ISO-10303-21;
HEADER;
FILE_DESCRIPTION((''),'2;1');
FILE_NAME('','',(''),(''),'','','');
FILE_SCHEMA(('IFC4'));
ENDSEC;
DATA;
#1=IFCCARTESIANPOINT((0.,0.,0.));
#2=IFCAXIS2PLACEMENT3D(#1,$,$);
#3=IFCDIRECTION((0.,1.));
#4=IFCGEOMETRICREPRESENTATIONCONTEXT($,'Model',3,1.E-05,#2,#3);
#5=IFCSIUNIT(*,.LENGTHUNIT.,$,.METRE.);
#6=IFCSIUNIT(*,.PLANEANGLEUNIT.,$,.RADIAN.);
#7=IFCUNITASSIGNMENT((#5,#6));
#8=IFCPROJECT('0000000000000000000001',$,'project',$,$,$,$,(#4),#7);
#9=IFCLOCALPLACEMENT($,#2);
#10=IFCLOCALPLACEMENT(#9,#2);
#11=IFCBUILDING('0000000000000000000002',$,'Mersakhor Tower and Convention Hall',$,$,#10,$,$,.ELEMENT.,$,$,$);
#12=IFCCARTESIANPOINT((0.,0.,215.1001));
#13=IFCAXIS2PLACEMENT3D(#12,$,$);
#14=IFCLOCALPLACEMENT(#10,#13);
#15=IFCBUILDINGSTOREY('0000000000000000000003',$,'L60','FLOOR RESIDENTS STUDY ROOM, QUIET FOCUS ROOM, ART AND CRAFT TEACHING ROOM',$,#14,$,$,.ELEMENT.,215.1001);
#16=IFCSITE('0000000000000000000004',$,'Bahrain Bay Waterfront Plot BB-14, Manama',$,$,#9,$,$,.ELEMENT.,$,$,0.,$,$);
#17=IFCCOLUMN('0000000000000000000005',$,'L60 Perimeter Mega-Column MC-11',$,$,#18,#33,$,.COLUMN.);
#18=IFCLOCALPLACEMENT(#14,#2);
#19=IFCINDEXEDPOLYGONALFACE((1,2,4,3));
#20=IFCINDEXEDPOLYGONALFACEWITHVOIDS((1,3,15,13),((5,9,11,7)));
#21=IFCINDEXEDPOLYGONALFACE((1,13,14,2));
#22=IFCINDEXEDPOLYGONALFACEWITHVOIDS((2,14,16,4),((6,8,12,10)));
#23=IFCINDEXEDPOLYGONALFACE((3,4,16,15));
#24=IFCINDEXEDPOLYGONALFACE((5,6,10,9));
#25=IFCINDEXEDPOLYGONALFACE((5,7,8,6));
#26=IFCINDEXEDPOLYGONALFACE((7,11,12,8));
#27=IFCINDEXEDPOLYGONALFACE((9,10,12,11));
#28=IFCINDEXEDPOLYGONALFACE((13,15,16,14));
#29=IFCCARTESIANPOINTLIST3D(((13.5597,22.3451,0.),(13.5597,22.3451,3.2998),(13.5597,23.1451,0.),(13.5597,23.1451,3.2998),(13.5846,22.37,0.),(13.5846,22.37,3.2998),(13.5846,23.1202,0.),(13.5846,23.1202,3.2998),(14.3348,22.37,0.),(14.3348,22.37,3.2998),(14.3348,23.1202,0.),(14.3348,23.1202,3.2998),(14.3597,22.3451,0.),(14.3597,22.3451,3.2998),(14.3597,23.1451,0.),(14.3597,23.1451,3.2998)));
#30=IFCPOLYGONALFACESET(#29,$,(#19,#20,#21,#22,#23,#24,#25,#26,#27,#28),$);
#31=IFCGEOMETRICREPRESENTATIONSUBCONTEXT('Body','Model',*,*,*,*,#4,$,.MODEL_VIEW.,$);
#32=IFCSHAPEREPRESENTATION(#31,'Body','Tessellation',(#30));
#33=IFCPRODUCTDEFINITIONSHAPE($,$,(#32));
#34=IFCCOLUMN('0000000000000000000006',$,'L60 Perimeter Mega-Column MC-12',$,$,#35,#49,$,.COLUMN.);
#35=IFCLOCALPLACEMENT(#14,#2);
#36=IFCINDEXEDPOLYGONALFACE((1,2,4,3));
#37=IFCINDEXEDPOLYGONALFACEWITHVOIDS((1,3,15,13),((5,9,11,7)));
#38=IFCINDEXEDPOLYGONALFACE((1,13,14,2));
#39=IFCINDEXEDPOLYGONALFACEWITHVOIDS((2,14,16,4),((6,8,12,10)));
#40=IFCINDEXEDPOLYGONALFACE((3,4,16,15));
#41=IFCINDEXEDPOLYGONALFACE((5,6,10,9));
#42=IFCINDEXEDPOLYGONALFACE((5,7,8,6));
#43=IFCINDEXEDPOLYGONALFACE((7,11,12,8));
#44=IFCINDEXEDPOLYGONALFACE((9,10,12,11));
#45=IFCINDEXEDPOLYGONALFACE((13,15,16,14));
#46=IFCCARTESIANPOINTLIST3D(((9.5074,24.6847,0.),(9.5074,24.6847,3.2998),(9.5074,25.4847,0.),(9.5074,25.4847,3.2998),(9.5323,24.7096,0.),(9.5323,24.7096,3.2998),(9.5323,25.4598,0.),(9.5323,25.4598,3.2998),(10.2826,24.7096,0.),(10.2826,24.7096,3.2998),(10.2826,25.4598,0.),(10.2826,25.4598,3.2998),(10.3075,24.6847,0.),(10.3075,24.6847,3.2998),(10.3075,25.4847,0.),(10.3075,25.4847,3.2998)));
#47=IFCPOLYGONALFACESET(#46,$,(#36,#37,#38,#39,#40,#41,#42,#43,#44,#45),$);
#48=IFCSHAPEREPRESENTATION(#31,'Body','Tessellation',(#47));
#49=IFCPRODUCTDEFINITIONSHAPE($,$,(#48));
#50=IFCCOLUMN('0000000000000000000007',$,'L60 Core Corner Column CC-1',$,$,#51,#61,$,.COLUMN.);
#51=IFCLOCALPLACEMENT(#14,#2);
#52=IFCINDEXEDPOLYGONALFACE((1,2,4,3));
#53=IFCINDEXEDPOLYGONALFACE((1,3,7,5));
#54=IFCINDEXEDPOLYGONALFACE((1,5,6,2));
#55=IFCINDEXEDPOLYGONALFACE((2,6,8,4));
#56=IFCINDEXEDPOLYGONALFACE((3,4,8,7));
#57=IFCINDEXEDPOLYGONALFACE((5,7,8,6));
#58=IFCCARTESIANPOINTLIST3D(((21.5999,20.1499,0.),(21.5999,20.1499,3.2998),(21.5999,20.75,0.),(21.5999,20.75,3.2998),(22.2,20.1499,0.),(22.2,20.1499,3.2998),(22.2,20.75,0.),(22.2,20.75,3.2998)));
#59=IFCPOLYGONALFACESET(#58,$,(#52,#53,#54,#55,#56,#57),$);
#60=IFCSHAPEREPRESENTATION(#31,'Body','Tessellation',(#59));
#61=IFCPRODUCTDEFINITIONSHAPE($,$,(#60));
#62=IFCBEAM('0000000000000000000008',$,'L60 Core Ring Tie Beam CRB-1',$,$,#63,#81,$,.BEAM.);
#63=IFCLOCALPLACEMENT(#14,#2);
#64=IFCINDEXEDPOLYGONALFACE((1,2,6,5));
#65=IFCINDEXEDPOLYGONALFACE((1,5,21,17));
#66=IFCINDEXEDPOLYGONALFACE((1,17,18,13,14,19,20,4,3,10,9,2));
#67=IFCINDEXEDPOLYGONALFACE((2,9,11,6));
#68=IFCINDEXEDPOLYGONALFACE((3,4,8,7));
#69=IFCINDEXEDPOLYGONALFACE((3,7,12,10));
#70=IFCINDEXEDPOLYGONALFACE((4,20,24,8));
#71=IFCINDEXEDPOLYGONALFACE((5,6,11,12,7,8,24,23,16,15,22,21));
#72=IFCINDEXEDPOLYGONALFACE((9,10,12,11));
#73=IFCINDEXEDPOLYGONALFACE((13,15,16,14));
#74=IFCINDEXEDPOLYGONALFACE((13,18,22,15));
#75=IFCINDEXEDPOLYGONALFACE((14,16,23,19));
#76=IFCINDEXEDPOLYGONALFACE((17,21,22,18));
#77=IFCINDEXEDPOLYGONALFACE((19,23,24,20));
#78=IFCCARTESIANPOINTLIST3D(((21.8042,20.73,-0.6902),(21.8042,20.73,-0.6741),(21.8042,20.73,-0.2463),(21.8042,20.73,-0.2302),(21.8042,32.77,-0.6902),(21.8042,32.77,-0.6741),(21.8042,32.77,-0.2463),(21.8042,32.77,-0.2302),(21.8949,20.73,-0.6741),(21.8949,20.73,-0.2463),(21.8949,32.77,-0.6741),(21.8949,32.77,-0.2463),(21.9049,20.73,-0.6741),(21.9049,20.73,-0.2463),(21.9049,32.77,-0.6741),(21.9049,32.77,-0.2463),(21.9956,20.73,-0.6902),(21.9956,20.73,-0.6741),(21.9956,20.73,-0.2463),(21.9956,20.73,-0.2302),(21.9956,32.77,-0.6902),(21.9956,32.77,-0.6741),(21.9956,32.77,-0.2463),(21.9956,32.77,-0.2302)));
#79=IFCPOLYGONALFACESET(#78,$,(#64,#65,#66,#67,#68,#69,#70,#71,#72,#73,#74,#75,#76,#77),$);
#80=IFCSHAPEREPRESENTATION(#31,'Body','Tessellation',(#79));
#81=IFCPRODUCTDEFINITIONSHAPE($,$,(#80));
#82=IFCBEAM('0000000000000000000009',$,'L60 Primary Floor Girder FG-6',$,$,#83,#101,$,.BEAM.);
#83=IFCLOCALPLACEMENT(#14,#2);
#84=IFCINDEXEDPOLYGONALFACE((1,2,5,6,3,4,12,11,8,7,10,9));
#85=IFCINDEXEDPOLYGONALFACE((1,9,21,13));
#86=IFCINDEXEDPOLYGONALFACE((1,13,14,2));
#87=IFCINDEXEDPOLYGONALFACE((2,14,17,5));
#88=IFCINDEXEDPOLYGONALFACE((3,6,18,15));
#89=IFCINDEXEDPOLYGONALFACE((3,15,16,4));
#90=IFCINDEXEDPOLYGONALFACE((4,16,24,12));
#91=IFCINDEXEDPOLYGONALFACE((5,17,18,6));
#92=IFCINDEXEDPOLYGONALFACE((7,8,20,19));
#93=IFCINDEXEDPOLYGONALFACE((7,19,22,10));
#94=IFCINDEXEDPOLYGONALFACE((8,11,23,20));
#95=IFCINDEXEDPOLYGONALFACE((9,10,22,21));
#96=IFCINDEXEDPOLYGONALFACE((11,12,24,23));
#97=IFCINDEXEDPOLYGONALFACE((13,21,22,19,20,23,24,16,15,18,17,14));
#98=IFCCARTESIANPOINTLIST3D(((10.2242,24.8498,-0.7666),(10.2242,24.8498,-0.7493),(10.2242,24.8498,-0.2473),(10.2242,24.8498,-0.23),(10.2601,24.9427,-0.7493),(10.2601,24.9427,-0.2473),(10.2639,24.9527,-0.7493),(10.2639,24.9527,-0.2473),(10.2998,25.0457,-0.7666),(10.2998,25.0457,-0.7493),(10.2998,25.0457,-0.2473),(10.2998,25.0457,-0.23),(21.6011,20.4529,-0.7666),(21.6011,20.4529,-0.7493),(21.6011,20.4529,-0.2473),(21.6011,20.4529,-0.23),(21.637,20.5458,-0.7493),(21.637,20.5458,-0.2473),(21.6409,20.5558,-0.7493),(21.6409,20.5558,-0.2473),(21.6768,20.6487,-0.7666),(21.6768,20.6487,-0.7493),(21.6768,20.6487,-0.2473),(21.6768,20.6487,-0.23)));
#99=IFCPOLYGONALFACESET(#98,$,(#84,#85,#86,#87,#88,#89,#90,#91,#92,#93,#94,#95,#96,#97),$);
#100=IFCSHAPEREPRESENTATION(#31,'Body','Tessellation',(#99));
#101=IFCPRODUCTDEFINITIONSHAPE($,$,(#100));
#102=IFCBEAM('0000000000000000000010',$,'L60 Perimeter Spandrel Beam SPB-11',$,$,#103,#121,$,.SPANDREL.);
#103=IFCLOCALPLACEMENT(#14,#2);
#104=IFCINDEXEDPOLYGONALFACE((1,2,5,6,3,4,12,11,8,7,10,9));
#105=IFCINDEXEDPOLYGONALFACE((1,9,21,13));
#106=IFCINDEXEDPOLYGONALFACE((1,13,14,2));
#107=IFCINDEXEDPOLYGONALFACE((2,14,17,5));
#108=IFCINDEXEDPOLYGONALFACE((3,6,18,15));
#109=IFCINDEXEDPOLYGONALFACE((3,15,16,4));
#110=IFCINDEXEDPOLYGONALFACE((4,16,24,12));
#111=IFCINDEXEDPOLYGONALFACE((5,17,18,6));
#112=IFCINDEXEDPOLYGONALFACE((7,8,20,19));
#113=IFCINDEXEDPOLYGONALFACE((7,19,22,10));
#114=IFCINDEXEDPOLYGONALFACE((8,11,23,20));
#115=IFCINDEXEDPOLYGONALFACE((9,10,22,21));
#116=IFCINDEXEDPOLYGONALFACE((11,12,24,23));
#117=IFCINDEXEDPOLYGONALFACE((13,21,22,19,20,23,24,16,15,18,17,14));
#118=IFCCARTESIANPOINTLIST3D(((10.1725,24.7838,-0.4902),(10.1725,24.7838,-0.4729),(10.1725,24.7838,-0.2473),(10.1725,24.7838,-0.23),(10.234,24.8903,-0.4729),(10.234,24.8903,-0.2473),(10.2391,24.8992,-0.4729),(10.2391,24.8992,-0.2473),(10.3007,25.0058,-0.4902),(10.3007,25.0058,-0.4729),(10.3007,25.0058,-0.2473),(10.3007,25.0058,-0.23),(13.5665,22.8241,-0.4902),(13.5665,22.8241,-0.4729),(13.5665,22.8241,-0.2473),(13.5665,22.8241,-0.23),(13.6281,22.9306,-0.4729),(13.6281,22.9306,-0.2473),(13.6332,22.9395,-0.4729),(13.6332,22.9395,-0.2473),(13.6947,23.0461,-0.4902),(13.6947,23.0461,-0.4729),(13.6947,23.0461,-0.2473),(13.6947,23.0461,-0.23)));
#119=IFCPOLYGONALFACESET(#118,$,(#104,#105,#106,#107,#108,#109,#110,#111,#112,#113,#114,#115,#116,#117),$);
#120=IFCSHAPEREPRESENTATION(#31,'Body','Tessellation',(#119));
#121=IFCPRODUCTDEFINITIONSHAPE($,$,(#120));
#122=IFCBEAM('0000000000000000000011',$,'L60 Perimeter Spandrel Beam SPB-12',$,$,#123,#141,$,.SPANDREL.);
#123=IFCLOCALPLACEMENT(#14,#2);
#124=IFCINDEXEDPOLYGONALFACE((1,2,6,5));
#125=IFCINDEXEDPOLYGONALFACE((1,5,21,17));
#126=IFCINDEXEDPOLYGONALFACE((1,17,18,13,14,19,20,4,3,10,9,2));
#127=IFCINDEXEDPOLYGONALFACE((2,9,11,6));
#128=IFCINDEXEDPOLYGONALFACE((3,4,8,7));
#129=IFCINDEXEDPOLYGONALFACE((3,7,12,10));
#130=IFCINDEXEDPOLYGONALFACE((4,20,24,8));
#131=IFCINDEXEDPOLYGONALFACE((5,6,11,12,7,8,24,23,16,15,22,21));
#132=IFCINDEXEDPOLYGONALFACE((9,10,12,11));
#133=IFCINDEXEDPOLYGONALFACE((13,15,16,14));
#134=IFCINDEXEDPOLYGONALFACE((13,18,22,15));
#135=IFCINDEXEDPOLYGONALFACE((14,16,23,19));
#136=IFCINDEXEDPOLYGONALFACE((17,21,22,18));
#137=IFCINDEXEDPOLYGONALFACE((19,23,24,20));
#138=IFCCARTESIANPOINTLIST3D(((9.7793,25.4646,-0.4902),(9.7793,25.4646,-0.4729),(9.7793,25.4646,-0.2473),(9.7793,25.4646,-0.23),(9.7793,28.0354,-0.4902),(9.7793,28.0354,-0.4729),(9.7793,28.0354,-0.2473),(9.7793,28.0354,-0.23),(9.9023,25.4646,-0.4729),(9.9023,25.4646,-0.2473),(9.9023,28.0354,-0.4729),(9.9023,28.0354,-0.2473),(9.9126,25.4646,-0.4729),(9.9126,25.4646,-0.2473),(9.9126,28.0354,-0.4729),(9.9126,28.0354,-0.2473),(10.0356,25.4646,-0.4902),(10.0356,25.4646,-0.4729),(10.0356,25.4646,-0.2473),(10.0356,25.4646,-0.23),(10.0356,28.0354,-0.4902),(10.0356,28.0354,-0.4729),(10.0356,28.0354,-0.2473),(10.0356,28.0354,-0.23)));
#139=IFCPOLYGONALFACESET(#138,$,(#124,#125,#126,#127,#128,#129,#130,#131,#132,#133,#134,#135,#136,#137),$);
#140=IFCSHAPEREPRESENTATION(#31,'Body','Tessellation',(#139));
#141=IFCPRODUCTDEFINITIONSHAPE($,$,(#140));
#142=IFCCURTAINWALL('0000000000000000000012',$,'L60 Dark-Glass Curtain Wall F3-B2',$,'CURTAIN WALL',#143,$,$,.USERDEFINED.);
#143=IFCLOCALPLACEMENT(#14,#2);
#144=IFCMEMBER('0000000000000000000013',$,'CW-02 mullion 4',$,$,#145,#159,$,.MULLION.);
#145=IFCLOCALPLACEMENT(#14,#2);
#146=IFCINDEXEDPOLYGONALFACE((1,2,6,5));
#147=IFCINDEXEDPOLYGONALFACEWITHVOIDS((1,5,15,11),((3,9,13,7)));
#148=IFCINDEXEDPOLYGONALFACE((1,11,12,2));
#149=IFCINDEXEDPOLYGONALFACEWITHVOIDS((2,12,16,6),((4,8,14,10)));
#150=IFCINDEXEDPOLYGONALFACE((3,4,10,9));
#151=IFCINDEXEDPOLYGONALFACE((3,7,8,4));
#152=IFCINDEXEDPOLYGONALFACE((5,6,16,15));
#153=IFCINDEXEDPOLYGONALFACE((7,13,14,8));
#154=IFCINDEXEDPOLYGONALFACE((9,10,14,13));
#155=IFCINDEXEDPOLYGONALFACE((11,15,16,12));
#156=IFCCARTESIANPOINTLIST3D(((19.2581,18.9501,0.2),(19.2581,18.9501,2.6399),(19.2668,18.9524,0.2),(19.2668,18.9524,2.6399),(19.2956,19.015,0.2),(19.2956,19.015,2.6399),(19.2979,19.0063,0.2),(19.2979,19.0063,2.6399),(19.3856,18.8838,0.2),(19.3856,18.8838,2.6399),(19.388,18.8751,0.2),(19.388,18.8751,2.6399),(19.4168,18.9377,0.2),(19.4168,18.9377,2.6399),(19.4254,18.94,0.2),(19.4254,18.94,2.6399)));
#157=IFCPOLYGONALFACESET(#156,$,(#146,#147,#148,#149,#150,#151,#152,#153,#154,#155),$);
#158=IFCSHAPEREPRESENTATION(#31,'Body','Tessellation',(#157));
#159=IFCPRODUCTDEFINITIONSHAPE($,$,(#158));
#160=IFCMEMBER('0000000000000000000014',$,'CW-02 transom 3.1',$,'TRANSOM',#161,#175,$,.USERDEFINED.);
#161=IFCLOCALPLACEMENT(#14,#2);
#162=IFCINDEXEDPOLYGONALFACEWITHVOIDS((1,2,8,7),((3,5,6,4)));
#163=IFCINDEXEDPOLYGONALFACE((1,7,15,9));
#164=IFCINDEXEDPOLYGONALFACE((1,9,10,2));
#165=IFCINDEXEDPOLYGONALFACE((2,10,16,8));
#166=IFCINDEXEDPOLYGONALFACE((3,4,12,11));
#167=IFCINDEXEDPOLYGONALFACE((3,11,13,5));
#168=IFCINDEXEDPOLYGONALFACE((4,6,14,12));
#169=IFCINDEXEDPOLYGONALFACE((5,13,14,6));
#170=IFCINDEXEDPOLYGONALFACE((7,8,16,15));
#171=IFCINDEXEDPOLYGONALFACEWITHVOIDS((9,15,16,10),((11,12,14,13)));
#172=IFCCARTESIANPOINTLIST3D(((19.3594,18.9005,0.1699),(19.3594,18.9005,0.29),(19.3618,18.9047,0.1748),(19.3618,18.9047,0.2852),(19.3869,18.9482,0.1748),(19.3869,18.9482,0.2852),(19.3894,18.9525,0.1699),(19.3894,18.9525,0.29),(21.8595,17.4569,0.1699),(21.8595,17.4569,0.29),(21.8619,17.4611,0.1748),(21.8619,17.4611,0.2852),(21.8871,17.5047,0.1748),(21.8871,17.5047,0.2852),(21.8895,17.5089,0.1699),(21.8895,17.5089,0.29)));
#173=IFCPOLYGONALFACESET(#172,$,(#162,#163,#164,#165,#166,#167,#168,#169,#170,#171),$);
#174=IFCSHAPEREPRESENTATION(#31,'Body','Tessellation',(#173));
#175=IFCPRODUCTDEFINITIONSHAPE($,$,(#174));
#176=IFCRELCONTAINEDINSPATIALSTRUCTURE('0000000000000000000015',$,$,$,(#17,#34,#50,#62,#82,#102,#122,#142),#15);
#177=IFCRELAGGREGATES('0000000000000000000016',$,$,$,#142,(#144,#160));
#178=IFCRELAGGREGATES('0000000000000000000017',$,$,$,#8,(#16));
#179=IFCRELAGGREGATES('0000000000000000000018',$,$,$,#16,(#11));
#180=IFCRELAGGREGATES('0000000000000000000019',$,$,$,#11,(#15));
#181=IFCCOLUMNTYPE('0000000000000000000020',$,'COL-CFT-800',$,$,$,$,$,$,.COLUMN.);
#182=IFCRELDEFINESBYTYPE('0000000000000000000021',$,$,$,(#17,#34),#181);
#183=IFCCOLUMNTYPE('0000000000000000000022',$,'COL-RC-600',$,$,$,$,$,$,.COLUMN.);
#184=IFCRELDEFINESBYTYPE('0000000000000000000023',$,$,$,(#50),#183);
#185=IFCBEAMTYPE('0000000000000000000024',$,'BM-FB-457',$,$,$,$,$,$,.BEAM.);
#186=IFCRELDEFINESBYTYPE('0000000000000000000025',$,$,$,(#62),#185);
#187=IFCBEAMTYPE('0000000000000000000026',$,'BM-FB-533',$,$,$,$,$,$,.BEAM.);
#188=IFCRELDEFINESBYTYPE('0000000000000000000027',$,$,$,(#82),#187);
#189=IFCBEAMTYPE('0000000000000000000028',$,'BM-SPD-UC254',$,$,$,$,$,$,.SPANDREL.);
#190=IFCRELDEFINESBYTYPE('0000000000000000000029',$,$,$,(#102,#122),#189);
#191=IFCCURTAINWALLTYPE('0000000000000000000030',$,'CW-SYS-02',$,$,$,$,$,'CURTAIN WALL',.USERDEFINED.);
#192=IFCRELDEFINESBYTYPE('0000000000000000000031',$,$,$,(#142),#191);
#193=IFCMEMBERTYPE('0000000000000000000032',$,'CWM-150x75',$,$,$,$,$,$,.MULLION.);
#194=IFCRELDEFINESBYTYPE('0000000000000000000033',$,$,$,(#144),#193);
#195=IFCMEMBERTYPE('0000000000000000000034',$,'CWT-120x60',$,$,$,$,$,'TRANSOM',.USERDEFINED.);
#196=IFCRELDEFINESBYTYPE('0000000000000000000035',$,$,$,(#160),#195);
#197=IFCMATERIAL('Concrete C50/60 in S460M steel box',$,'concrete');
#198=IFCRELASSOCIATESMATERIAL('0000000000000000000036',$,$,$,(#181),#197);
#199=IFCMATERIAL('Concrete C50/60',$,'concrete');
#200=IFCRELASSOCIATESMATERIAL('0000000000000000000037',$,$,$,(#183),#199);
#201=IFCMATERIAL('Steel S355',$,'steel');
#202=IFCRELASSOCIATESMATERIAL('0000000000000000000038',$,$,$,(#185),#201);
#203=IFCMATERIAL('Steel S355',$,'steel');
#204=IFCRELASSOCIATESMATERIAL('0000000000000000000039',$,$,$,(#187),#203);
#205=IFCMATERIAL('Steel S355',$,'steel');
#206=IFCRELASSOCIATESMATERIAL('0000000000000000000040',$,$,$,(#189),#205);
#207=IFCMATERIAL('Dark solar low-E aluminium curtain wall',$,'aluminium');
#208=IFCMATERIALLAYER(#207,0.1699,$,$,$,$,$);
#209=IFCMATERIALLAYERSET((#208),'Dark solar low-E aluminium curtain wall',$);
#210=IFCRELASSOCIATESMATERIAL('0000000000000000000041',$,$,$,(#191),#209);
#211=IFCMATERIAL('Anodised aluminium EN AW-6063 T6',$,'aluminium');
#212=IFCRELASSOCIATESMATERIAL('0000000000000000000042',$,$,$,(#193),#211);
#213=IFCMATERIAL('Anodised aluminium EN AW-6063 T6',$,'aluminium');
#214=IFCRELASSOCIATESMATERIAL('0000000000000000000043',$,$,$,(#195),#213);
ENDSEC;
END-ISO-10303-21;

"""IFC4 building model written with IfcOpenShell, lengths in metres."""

from ifc_helpers import new_model, si_unit, direction, frame, origin, origin_2d, place, context, subcontext, project, spatial, rectangle, hollow_rectangle, i_section, extrude, material, layer, layer_set, material_profile, profile_set, type_object, element, aggregate, save


model = new_model("IFC4")

# Units and contexts
model_context = context("Model", 3, precision=1e-05, world=origin(), true_north=direction((0.0, 1.0)))
body_context = subcontext(model_context, "Body", "Model", "MODEL_VIEW")
ifc_project = project(units=[si_unit("LENGTHUNIT", "METRE"), si_unit("PLANEANGLEUNIT", "RADIAN")], contexts=[model_context])

# Site, building, storey
site_placement = place(None, origin())
site = spatial("IfcSite", under=ifc_project, at=site_placement, Name="Bahrain Bay Waterfront Plot BB-14, Manama", CompositionType="ELEMENT", RefElevation=0.0)
building_placement = place(site_placement, origin())
building = spatial("IfcBuilding", under=site, at=building_placement, Name="Mersakhor Tower and Convention Hall", CompositionType="ELEMENT")
storey_placement = place(building_placement, frame((0.0, 0.0, 215.1001)))
storey = spatial("IfcBuildingStorey", under=building, at=storey_placement, Name="L60", Description="FLOOR RESIDENTS STUDY ROOM, QUIET FOCUS ROOM, ART AND CRAFT TEACHING ROOM", CompositionType="ELEMENT", Elevation=215.1001)

# Columns
ifc_material_1 = material(Name="Concrete C50/60 in S460M steel box", Category="concrete")
ifc_material_profile_1 = material_profile(ifc_material_1, hollow_rectangle(XDim=0.8, YDim=0.8, WallThickness=0.0249, at=origin_2d()), Name="SHS 800x800x25")
ifc_profile_set_1 = profile_set([ifc_material_profile_1], Name="Concrete C50/60 in S460M steel box")
column_type_1 = type_object("IfcColumnType", Name="COL-CFT-800", PredefinedType="COLUMN", material=ifc_profile_set_1)
for number, where, z_axis, x_axis, name in (
    (1, (13.9597, 22.7451, 0.0), (0.0, 0.0, 1.0), (1.0, 0.0, 0.0), "L60 Perimeter Mega-Column MC-11"),
    (2, (9.9075, 25.0847, 0.0), (0.0, 0.0, 1.0), (1.0, 0.0, 0.0), "L60 Perimeter Mega-Column MC-12"),
):
    element("IfcColumn", number, at=place(storey_placement, frame(where, z_axis=z_axis, x_axis=x_axis)), inside=storey, type_object=column_type_1, Name=name, PredefinedType="COLUMN", context=body_context, shape_type="SweptSolid", body=[
        extrude(hollow_rectangle(XDim=0.8, YDim=0.8, WallThickness=0.0249, at=origin_2d()), origin(), (0.0, 0.0, 1.0), 3.2998),
    ])
ifc_material_2 = material(Name="Concrete C50/60", Category="concrete")
ifc_material_profile_2 = material_profile(ifc_material_2, rectangle(XDim=0.6001, YDim=0.6001, at=origin_2d()), Name="RC 600x600")
ifc_profile_set_2 = profile_set([ifc_material_profile_2], Name="Concrete C50/60")
column_type_2 = type_object("IfcColumnType", Name="COL-RC-600", PredefinedType="COLUMN", material=ifc_profile_set_2)
column_placement = place(storey_placement, frame((21.8999, 20.45, 0.0), z_axis=(0.0, 0.0, 1.0), x_axis=(1.0, 0.0, 0.0)))
element("IfcColumn", 3, at=column_placement, inside=storey, type_object=column_type_2, Name="L60 Core Corner Column CC-1", PredefinedType="COLUMN", context=body_context, shape_type="SweptSolid", body=[
    extrude(rectangle(XDim=0.6001, YDim=0.6001, at=origin_2d()), origin(), (0.0, 0.0, 1.0), 3.2998),
])

# Beams
ifc_material_3 = material(Name="Steel S355", Category="steel")
ifc_material_profile_3 = material_profile(ifc_material_3, i_section(OverallWidth=0.1914, OverallDepth=0.46, WebThickness=0.01, FlangeThickness=0.0161, at=origin_2d()), Name="UB 457x191x82")
ifc_profile_set_3 = profile_set([ifc_material_profile_3], Name="Steel S355")
beam_type_1 = type_object("IfcBeamType", Name="BM-FB-457", PredefinedType="BEAM", material=ifc_profile_set_3)
beam_1_placement = place(storey_placement, frame((21.8999, 20.73, -0.4602), z_axis=(0.0, 1.0, 0.0), x_axis=(-1.0, 0.0, 0.0)))
element("IfcBeam", 4, at=beam_1_placement, inside=storey, type_object=beam_type_1, Name="L60 Core Ring Tie Beam CRB-1", PredefinedType="BEAM", context=body_context, shape_type="SweptSolid", body=[
    extrude(i_section(OverallWidth=0.1914, OverallDepth=0.46, WebThickness=0.01, FlangeThickness=0.0161, at=origin_2d()), origin(), (0.0, 0.0, 1.0), 12.04),
])
ifc_material_4 = material(Name="Steel S355", Category="steel")
ifc_material_profile_4 = material_profile(ifc_material_4, i_section(OverallWidth=0.21, OverallDepth=0.5366, WebThickness=0.0107, FlangeThickness=0.0173, at=origin_2d()), Name="UB 533x210x101")
ifc_profile_set_4 = profile_set([ifc_material_profile_4], Name="Steel S355")
beam_type_2 = type_object("IfcBeamType", Name="BM-FB-533", PredefinedType="BEAM", material=ifc_profile_set_4)
beam_2_placement = place(storey_placement, frame((21.6389, 20.5508, -0.4983), z_axis=(-0.932761, 0.360494, 0.0), x_axis=(-0.360494, -0.932761, 0.0)))
element("IfcBeam", 5, at=beam_2_placement, inside=storey, type_object=beam_type_2, Name="L60 Primary Floor Girder FG-6", PredefinedType="BEAM", context=body_context, shape_type="SweptSolid", body=[
    extrude(i_section(OverallWidth=0.21, OverallDepth=0.5366, WebThickness=0.0107, FlangeThickness=0.0173, at=origin_2d()), origin(), (0.0, 0.0, 1.0), 12.197),
])
ifc_material_5 = material(Name="Steel S355", Category="steel")
ifc_material_profile_5 = material_profile(ifc_material_5, i_section(OverallWidth=0.2563, OverallDepth=0.2603, WebThickness=0.0103, FlangeThickness=0.0173, at=origin_2d()), Name="UC 254x254x89")
ifc_profile_set_5 = profile_set([ifc_material_profile_5], Name="Steel S355")
beam_type_3 = type_object("IfcBeamType", Name="BM-SPD-UC254", PredefinedType="SPANDREL", material=ifc_profile_set_5)
beam_3_placement = place(storey_placement, frame((13.6306, 22.9351, -0.3601), z_axis=(-0.866007, 0.500032, 0.0), x_axis=(-0.500032, -0.866007, 0.0)))
element("IfcBeam", 6, at=beam_3_placement, inside=storey, type_object=beam_type_3, Name="L60 Perimeter Spandrel Beam SPB-11", PredefinedType="SPANDREL", context=body_context, shape_type="SweptSolid", body=[
    extrude(i_section(OverallWidth=0.2563, OverallDepth=0.2603, WebThickness=0.0103, FlangeThickness=0.0173, at=origin_2d()), origin(), (0.0, 0.0, 1.0), 3.9192),
])
beam_4_placement = place(storey_placement, frame((9.9075, 25.4646, -0.3601), z_axis=(0.0, 1.0, 0.0), x_axis=(-1.0, 0.0, 0.0)))
element("IfcBeam", 7, at=beam_4_placement, inside=storey, type_object=beam_type_3, Name="L60 Perimeter Spandrel Beam SPB-12", PredefinedType="SPANDREL", context=body_context, shape_type="SweptSolid", body=[
    extrude(i_section(OverallWidth=0.2563, OverallDepth=0.2603, WebThickness=0.0103, FlangeThickness=0.0173, at=origin_2d()), origin(), (0.0, 0.0, 1.0), 2.5708),
])

# Curtain wall, members
ifc_material_6 = material(Name="Dark solar low-E aluminium curtain wall", Category="aluminium")
ifc_layer_1 = layer(ifc_material_6, 0.1699)
ifc_layer_set_1 = layer_set([ifc_layer_1], Name="Dark solar low-E aluminium curtain wall")
curtain_wall_type = type_object("IfcCurtainWallType", Name="CW-SYS-02", ElementType="CURTAIN WALL", PredefinedType="USERDEFINED", material=ifc_layer_set_1)
curtain_wall_placement = place(storey_placement, origin())
curtain_wall = element("IfcCurtainWall", 8, at=curtain_wall_placement, inside=storey, type_object=curtain_wall_type, Name="L60 Dark-Glass Curtain Wall F3-B2", ObjectType="CURTAIN WALL", PredefinedType="USERDEFINED")
ifc_material_7 = material(Name="Anodised aluminium EN AW-6063 T6", Category="aluminium")
ifc_material_profile_6 = material_profile(ifc_material_7, hollow_rectangle(XDim=0.075, YDim=0.1499, WallThickness=0.0063, at=origin_2d()), Name="RHS 150x75x6.3")
ifc_profile_set_6 = profile_set([ifc_material_profile_6], Name="Anodised aluminium EN AW-6063 T6")
member_type_1 = type_object("IfcMemberType", Name="CWM-150x75", PredefinedType="MULLION", material=ifc_profile_set_6)
member_1_placement = place(storey_placement, frame((19.3418, 18.9451, 0.2), z_axis=(0.0, 0.0, 1.0), x_axis=(-0.500008, -0.866021, 0.0)))
member_1 = element("IfcMember", 9, at=member_1_placement, type_object=member_type_1, Name="CW-02 mullion 4", PredefinedType="MULLION", context=body_context, shape_type="SweptSolid", body=[
    extrude(hollow_rectangle(XDim=0.075, YDim=0.1499, WallThickness=0.0063, at=origin_2d()), origin(), (0.0, 0.0, 1.0), 2.4399),
])
ifc_material_8 = material(Name="Anodised aluminium EN AW-6063 T6", Category="aluminium")
ifc_material_profile_7 = material_profile(ifc_material_8, hollow_rectangle(XDim=0.0601, YDim=0.1201, WallThickness=0.0049, at=origin_2d()), Name="RHS 120x60x5")
ifc_profile_set_7 = profile_set([ifc_material_profile_7], Name="Anodised aluminium EN AW-6063 T6")
member_type_2 = type_object("IfcMemberType", Name="CWT-120x60", ElementType="TRANSOM", PredefinedType="USERDEFINED", material=ifc_profile_set_7)
member_2_placement = place(storey_placement, frame((21.8745, 17.4829, 0.23), z_axis=(-0.866012, 0.500023, 0.0), x_axis=(-0.500023, -0.866012, 0.0)))
member_2 = element("IfcMember", 10, at=member_2_placement, type_object=member_type_2, Name="CW-02 transom 3.1", ObjectType="TRANSOM", PredefinedType="USERDEFINED", context=body_context, shape_type="SweptSolid", body=[
    extrude(hollow_rectangle(XDim=0.0601, YDim=0.1201, WallThickness=0.0049, at=origin_2d()), origin(), (0.0, 0.0, 1.0), 2.887),
])

aggregate(curtain_wall, [member_1, member_2])

save(model, "model.ifc")
